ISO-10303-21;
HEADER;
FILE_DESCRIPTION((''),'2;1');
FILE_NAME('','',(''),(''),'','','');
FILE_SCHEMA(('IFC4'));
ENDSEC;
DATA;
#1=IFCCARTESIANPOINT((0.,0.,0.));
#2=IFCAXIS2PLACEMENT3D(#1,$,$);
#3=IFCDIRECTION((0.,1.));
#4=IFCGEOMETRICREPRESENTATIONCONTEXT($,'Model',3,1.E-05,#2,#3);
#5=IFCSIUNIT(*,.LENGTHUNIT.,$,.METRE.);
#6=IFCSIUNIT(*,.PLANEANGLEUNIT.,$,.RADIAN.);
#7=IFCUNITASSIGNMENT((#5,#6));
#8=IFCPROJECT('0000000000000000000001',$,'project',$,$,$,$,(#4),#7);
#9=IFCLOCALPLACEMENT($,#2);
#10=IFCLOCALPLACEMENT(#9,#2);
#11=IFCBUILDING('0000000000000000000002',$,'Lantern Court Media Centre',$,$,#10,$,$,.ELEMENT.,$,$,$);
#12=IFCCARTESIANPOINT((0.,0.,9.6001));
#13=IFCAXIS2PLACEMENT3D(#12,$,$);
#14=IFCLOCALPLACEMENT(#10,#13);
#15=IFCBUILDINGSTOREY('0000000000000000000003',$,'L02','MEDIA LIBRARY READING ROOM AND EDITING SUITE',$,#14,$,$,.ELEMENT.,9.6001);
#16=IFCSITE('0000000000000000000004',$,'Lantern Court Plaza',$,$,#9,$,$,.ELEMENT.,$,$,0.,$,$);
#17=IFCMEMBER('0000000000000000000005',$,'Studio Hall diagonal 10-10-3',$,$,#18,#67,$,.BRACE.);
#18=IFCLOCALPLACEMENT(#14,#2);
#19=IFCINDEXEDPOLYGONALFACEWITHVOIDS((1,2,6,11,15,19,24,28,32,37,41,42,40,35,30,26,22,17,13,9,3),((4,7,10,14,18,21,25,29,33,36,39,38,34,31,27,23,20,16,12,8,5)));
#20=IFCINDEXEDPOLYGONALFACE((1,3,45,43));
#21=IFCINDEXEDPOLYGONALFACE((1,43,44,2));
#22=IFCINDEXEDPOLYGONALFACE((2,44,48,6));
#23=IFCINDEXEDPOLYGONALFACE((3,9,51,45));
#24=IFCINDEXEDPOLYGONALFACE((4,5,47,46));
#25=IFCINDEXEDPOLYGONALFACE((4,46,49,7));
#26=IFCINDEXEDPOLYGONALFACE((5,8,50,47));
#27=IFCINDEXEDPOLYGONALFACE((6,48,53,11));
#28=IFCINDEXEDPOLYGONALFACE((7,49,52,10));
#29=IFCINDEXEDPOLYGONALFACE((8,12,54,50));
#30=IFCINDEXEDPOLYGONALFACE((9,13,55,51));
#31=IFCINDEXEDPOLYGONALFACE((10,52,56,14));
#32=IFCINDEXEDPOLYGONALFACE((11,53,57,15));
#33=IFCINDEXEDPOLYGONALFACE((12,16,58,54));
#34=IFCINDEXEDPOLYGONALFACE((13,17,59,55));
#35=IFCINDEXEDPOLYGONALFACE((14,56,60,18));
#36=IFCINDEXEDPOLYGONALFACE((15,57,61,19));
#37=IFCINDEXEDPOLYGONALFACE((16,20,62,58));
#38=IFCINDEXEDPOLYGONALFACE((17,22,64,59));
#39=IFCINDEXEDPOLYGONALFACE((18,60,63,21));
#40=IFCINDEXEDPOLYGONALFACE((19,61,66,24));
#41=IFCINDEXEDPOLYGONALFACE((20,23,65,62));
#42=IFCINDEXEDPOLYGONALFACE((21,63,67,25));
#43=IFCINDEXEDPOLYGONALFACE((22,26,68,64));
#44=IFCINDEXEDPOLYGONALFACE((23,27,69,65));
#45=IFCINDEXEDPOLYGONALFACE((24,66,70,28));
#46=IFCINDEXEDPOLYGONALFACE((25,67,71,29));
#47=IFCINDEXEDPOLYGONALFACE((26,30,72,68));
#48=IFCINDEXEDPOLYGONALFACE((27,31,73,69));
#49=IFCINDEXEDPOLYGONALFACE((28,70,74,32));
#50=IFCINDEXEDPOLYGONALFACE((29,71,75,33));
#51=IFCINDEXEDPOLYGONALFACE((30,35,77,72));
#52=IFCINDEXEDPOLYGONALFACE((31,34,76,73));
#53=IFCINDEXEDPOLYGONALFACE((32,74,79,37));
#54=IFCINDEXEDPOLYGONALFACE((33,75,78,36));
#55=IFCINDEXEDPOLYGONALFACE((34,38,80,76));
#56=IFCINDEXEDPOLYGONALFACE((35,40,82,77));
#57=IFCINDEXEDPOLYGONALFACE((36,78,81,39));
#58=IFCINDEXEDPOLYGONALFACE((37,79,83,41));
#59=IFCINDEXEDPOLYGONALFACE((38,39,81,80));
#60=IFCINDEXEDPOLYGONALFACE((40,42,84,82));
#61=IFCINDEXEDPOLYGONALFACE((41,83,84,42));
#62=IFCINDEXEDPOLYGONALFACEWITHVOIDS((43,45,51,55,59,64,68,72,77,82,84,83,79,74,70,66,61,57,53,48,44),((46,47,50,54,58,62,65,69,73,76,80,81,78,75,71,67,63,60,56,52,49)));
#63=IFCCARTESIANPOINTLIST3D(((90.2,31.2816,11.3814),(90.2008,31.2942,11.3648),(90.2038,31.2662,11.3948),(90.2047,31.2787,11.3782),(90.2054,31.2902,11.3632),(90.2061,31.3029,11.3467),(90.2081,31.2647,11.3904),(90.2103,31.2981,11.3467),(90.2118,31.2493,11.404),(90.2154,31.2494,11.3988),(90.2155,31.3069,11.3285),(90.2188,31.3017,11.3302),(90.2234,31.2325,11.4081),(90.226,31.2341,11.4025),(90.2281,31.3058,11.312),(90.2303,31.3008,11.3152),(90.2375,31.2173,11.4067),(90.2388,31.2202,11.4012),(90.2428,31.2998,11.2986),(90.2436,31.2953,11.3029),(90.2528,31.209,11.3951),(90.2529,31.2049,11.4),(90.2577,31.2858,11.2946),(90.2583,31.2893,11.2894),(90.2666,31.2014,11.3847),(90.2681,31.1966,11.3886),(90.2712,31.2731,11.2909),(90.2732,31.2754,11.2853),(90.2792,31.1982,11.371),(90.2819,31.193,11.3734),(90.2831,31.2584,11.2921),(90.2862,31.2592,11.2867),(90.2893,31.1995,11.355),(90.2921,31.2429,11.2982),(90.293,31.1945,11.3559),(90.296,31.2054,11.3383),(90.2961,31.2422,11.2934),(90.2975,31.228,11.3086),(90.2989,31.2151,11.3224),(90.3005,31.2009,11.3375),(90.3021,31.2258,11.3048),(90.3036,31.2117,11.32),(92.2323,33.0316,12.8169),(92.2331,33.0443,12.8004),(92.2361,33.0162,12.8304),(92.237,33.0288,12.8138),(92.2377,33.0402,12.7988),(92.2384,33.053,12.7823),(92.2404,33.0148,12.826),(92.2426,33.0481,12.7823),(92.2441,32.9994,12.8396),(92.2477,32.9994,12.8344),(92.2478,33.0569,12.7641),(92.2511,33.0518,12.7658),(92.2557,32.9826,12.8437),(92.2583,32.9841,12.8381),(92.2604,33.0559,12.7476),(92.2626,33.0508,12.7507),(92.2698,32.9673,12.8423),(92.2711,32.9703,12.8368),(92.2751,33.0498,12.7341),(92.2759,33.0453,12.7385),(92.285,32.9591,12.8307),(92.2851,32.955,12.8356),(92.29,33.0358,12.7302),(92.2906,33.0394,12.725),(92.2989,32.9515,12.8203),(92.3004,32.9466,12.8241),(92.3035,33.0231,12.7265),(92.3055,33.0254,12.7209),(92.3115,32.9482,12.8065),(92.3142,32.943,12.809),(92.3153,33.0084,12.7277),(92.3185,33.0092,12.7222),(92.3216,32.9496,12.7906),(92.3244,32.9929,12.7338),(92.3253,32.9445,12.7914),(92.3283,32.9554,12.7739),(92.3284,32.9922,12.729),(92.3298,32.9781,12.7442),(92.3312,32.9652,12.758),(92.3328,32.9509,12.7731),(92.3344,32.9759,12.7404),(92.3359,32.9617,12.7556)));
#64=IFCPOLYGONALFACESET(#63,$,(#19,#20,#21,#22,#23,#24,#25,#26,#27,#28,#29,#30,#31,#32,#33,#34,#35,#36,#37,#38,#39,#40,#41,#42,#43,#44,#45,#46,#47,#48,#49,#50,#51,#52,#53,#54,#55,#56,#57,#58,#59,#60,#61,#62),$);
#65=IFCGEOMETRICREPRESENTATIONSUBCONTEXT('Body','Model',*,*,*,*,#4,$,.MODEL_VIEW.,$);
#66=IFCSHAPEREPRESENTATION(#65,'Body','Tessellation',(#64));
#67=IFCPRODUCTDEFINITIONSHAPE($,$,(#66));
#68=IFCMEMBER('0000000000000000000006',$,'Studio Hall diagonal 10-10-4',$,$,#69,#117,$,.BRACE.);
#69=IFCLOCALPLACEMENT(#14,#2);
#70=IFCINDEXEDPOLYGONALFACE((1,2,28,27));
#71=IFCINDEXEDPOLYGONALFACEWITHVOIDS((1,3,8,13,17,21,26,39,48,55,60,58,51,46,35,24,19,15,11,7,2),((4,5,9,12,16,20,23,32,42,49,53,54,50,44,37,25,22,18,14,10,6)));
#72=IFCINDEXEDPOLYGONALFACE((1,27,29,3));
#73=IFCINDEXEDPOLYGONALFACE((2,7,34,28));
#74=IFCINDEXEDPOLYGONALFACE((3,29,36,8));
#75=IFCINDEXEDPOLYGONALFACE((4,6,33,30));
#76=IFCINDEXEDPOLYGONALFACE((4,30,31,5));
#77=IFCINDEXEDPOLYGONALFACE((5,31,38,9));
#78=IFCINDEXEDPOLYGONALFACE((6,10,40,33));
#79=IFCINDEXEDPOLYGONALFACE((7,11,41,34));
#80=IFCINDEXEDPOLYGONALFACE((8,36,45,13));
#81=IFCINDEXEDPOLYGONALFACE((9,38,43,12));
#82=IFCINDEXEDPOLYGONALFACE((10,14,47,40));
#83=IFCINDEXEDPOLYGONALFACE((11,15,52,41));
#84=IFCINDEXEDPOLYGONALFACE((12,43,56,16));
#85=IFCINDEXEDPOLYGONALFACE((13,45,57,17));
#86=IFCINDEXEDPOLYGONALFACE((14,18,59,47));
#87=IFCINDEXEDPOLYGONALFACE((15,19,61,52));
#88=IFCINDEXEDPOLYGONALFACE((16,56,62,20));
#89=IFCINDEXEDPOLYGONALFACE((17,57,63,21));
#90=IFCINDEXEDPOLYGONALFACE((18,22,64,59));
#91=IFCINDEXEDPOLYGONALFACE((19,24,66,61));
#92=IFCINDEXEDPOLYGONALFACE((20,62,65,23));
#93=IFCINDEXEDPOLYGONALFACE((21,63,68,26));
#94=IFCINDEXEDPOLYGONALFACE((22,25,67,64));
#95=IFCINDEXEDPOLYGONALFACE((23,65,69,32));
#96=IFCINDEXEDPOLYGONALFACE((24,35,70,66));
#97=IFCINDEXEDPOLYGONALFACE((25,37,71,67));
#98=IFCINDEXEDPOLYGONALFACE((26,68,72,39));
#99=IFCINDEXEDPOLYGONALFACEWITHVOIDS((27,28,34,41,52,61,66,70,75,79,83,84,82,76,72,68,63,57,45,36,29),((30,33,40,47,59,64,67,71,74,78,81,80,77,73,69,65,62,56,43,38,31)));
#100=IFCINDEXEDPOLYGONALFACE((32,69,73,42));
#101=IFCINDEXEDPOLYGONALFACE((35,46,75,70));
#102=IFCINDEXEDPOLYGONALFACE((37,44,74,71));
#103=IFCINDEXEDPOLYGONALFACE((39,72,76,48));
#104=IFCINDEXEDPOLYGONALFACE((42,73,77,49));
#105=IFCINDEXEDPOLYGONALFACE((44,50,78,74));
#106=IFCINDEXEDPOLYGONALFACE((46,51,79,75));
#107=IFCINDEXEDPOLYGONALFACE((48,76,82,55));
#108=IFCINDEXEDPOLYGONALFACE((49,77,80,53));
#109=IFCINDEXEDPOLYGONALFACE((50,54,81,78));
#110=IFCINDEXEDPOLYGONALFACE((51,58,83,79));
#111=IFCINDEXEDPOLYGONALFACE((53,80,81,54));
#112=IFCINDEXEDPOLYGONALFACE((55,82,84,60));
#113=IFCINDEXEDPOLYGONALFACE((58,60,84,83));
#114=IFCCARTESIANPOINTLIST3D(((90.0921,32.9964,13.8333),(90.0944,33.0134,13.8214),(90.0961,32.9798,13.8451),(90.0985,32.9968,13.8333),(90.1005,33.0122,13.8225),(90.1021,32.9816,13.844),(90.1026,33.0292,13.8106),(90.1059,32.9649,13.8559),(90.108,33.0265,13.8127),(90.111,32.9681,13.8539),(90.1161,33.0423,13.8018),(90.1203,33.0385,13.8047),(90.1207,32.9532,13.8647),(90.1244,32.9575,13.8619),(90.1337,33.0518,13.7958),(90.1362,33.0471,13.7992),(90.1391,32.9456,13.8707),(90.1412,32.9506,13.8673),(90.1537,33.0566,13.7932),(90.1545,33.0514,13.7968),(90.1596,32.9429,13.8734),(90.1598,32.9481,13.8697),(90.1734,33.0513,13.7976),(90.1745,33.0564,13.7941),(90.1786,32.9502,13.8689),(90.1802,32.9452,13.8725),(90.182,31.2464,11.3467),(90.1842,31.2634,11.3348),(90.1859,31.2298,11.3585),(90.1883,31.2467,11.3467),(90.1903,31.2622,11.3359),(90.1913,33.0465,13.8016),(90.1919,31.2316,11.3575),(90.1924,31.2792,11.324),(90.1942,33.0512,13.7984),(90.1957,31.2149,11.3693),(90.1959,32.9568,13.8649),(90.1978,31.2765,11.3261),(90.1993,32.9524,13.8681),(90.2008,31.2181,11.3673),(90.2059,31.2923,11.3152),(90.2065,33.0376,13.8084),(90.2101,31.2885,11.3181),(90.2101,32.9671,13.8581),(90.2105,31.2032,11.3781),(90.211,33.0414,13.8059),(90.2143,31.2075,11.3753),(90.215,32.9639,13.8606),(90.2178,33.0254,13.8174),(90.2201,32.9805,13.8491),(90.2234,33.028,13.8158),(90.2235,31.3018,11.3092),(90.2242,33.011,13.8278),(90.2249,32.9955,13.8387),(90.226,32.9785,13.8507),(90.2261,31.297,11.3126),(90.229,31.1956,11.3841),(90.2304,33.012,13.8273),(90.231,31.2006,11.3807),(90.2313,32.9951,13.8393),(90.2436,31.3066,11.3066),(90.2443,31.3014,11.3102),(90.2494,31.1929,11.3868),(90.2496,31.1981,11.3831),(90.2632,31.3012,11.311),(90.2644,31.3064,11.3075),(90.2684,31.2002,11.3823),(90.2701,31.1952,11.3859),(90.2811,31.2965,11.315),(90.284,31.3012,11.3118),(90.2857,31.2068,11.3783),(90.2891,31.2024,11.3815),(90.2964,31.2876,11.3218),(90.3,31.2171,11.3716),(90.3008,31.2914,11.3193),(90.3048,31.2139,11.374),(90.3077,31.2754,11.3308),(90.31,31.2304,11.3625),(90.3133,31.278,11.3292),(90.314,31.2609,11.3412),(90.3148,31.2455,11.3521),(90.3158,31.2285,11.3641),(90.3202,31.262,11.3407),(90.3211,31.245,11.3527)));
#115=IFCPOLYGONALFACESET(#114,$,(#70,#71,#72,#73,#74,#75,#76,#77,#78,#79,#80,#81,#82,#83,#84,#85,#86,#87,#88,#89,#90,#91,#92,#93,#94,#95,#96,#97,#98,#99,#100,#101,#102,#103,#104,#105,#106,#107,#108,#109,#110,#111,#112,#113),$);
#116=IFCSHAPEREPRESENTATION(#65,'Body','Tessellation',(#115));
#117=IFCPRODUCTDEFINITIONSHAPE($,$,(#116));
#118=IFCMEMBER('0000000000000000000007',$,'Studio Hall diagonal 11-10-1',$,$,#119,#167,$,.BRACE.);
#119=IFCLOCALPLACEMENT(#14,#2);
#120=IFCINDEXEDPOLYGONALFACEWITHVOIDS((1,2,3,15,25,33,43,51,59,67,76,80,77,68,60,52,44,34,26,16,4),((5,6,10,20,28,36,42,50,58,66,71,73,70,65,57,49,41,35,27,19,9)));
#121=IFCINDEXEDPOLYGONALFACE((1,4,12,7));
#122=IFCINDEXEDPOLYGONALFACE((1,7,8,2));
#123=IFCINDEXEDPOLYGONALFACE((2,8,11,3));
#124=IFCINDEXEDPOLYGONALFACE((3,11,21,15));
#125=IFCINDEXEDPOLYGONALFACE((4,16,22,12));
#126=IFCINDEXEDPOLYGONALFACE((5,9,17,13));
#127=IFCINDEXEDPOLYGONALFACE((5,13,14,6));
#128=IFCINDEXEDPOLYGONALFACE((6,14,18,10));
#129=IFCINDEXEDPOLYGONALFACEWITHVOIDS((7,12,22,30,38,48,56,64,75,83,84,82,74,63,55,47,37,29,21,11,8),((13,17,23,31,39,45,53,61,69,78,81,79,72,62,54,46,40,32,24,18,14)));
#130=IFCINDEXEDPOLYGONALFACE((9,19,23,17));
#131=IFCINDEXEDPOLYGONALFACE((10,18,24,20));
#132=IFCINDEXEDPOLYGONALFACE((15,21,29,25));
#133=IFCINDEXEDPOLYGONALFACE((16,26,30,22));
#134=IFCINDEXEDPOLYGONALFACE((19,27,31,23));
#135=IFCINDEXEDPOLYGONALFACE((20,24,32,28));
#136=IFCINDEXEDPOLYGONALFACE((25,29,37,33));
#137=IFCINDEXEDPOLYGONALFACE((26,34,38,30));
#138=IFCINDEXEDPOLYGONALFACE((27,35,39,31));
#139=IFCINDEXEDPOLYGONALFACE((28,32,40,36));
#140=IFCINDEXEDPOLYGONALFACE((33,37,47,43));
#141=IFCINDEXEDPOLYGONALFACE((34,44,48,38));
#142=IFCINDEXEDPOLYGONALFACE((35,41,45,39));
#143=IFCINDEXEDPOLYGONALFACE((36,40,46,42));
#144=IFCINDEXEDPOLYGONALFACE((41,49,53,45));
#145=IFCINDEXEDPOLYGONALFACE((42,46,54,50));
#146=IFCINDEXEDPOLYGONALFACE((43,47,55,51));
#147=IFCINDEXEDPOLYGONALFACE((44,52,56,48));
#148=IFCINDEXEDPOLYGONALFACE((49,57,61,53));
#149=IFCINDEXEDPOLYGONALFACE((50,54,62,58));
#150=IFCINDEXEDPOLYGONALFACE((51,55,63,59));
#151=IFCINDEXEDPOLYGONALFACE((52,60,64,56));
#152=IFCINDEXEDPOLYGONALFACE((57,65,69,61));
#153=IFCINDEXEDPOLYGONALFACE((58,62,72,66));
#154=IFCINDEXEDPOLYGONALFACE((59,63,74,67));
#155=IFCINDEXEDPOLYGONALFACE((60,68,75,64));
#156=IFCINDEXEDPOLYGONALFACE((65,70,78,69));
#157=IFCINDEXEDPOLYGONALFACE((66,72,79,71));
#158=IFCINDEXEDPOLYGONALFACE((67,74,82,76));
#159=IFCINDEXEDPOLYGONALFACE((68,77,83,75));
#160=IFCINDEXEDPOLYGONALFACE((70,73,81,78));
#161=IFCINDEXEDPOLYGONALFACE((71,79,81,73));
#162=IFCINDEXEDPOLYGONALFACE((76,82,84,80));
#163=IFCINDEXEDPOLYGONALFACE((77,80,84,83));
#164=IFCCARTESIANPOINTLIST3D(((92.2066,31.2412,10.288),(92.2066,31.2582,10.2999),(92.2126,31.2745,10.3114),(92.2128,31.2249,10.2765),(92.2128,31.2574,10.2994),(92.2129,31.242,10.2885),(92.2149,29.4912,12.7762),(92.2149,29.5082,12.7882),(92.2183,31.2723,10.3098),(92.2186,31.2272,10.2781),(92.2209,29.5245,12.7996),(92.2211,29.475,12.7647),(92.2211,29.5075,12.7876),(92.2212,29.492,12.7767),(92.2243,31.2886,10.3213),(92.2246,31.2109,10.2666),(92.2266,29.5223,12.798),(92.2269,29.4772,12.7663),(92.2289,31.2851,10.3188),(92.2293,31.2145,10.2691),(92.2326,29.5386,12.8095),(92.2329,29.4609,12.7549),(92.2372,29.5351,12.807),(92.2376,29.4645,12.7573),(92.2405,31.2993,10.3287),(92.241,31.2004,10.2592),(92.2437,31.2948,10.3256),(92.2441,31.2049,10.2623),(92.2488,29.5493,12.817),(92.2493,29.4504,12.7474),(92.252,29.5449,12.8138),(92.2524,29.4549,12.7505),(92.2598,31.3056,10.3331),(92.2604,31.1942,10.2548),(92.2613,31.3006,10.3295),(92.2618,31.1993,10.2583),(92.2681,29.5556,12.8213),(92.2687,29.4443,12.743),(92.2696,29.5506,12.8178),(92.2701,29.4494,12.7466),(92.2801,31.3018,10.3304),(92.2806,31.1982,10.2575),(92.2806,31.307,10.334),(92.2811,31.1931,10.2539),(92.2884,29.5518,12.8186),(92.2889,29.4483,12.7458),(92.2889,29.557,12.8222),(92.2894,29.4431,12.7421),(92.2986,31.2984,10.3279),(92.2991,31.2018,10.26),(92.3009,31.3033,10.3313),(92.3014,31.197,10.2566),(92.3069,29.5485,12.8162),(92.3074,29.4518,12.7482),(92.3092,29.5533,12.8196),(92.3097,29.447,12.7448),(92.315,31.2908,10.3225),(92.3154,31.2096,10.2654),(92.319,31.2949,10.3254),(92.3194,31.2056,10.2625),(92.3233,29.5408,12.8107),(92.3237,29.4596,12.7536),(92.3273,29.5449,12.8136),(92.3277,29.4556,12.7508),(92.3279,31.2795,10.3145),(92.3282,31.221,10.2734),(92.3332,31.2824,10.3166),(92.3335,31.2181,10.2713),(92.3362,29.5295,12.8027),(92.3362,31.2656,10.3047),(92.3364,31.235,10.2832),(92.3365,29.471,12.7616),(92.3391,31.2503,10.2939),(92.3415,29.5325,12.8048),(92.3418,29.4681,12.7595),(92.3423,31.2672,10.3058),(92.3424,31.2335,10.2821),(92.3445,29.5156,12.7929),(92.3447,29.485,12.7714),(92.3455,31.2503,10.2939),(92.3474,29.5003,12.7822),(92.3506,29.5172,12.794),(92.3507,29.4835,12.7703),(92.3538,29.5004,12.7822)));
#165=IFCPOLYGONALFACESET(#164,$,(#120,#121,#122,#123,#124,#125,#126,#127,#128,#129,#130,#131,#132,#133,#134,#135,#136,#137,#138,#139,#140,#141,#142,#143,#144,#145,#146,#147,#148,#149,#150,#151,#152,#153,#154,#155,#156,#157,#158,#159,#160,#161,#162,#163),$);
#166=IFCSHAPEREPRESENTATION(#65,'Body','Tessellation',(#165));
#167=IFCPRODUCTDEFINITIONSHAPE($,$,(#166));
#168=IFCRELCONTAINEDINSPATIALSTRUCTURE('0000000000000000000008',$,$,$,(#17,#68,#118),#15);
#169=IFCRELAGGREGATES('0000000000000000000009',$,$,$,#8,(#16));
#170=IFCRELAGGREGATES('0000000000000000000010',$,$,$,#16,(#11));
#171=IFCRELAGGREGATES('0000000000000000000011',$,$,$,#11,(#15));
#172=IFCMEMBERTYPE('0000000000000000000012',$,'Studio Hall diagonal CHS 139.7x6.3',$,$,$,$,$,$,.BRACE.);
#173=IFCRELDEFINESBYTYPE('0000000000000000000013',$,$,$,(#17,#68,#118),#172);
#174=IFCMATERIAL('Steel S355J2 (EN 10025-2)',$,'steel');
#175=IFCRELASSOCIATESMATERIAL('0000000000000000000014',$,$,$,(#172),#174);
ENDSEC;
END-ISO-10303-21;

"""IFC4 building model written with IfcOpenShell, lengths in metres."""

from ifc_helpers import new_model, si_unit, direction, frame, origin, origin_2d, place, context, subcontext, project, spatial, hollow_circle, extrude, material, material_profile, profile_set, type_object, element, save


model = new_model("IFC4")

# Units and contexts
model_context = context("Model", 3, precision=1e-05, world=origin(), true_north=direction((0.0, 1.0)))
body_context = subcontext(model_context, "Body", "Model", "MODEL_VIEW")
ifc_project = project(units=[si_unit("LENGTHUNIT", "METRE"), si_unit("PLANEANGLEUNIT", "RADIAN")], contexts=[model_context])

# Site, building, storey
site_placement = place(None, origin())
site = spatial("IfcSite", under=ifc_project, at=site_placement, Name="Lantern Court Plaza", CompositionType="ELEMENT", RefElevation=0.0)
building_placement = place(site_placement, origin())
building = spatial("IfcBuilding", under=site, at=building_placement, Name="Lantern Court Media Centre", CompositionType="ELEMENT")
storey_placement = place(building_placement, frame((0.0, 0.0, 9.6001)))
storey = spatial("IfcBuildingStorey", under=building, at=storey_placement, Name="L02", Description="MEDIA LIBRARY READING ROOM AND EDITING SUITE", CompositionType="ELEMENT", Elevation=9.6001)

# Members
ifc_material = material(Name="Steel S355J2 (EN 10025-2)", Category="steel")
ifc_material_profile_1 = material_profile(ifc_material, hollow_circle(Radius=0.0698, WallThickness=0.0063, at=origin_2d()), Name="Studio Hall diagonal CHS 139.7x6.3")
ifc_profile_set_1 = profile_set([ifc_material_profile_1], Name="Steel S355J2 (EN 10025-2)")
member_type_1 = type_object("IfcMemberType", Name="Studio Hall diagonal CHS 139.7x6.3", PredefinedType="BRACE", material=ifc_profile_set_1)
for number, where, z_axis, x_axis, name in (
    (1, (90.2517, 31.25, 11.3467), (0.668075, 0.575296, 0.471922), (-0.652529, 0.757764, 0.0), "Studio Hall diagonal 10-10-3"),
    (2, (90.2517, 31.25, 11.3467), (-0.029535, 0.575284, 0.81742), (-0.998685, -0.051272, 0.0), "Studio Hall diagonal 10-10-4"),
    (3, (92.2756, 31.25, 10.2939), (0.002729, -0.575269, 0.81796), (0.999989, 0.004743, 0.0), "Studio Hall diagonal 11-10-1"),
):
    element("IfcMember", number, at=place(storey_placement, frame(where, z_axis=z_axis, x_axis=x_axis)), inside=storey, type_object=member_type_1, Name=name, PredefinedType="BRACE", context=body_context, shape_type="SweptSolid", body=[
        extrude(hollow_circle(Radius=0.0698, WallThickness=0.0063, at=origin_2d()), origin(), (0.0, 0.0, 1.0), 3.042),
    ])

save(model, "model.ifc")
